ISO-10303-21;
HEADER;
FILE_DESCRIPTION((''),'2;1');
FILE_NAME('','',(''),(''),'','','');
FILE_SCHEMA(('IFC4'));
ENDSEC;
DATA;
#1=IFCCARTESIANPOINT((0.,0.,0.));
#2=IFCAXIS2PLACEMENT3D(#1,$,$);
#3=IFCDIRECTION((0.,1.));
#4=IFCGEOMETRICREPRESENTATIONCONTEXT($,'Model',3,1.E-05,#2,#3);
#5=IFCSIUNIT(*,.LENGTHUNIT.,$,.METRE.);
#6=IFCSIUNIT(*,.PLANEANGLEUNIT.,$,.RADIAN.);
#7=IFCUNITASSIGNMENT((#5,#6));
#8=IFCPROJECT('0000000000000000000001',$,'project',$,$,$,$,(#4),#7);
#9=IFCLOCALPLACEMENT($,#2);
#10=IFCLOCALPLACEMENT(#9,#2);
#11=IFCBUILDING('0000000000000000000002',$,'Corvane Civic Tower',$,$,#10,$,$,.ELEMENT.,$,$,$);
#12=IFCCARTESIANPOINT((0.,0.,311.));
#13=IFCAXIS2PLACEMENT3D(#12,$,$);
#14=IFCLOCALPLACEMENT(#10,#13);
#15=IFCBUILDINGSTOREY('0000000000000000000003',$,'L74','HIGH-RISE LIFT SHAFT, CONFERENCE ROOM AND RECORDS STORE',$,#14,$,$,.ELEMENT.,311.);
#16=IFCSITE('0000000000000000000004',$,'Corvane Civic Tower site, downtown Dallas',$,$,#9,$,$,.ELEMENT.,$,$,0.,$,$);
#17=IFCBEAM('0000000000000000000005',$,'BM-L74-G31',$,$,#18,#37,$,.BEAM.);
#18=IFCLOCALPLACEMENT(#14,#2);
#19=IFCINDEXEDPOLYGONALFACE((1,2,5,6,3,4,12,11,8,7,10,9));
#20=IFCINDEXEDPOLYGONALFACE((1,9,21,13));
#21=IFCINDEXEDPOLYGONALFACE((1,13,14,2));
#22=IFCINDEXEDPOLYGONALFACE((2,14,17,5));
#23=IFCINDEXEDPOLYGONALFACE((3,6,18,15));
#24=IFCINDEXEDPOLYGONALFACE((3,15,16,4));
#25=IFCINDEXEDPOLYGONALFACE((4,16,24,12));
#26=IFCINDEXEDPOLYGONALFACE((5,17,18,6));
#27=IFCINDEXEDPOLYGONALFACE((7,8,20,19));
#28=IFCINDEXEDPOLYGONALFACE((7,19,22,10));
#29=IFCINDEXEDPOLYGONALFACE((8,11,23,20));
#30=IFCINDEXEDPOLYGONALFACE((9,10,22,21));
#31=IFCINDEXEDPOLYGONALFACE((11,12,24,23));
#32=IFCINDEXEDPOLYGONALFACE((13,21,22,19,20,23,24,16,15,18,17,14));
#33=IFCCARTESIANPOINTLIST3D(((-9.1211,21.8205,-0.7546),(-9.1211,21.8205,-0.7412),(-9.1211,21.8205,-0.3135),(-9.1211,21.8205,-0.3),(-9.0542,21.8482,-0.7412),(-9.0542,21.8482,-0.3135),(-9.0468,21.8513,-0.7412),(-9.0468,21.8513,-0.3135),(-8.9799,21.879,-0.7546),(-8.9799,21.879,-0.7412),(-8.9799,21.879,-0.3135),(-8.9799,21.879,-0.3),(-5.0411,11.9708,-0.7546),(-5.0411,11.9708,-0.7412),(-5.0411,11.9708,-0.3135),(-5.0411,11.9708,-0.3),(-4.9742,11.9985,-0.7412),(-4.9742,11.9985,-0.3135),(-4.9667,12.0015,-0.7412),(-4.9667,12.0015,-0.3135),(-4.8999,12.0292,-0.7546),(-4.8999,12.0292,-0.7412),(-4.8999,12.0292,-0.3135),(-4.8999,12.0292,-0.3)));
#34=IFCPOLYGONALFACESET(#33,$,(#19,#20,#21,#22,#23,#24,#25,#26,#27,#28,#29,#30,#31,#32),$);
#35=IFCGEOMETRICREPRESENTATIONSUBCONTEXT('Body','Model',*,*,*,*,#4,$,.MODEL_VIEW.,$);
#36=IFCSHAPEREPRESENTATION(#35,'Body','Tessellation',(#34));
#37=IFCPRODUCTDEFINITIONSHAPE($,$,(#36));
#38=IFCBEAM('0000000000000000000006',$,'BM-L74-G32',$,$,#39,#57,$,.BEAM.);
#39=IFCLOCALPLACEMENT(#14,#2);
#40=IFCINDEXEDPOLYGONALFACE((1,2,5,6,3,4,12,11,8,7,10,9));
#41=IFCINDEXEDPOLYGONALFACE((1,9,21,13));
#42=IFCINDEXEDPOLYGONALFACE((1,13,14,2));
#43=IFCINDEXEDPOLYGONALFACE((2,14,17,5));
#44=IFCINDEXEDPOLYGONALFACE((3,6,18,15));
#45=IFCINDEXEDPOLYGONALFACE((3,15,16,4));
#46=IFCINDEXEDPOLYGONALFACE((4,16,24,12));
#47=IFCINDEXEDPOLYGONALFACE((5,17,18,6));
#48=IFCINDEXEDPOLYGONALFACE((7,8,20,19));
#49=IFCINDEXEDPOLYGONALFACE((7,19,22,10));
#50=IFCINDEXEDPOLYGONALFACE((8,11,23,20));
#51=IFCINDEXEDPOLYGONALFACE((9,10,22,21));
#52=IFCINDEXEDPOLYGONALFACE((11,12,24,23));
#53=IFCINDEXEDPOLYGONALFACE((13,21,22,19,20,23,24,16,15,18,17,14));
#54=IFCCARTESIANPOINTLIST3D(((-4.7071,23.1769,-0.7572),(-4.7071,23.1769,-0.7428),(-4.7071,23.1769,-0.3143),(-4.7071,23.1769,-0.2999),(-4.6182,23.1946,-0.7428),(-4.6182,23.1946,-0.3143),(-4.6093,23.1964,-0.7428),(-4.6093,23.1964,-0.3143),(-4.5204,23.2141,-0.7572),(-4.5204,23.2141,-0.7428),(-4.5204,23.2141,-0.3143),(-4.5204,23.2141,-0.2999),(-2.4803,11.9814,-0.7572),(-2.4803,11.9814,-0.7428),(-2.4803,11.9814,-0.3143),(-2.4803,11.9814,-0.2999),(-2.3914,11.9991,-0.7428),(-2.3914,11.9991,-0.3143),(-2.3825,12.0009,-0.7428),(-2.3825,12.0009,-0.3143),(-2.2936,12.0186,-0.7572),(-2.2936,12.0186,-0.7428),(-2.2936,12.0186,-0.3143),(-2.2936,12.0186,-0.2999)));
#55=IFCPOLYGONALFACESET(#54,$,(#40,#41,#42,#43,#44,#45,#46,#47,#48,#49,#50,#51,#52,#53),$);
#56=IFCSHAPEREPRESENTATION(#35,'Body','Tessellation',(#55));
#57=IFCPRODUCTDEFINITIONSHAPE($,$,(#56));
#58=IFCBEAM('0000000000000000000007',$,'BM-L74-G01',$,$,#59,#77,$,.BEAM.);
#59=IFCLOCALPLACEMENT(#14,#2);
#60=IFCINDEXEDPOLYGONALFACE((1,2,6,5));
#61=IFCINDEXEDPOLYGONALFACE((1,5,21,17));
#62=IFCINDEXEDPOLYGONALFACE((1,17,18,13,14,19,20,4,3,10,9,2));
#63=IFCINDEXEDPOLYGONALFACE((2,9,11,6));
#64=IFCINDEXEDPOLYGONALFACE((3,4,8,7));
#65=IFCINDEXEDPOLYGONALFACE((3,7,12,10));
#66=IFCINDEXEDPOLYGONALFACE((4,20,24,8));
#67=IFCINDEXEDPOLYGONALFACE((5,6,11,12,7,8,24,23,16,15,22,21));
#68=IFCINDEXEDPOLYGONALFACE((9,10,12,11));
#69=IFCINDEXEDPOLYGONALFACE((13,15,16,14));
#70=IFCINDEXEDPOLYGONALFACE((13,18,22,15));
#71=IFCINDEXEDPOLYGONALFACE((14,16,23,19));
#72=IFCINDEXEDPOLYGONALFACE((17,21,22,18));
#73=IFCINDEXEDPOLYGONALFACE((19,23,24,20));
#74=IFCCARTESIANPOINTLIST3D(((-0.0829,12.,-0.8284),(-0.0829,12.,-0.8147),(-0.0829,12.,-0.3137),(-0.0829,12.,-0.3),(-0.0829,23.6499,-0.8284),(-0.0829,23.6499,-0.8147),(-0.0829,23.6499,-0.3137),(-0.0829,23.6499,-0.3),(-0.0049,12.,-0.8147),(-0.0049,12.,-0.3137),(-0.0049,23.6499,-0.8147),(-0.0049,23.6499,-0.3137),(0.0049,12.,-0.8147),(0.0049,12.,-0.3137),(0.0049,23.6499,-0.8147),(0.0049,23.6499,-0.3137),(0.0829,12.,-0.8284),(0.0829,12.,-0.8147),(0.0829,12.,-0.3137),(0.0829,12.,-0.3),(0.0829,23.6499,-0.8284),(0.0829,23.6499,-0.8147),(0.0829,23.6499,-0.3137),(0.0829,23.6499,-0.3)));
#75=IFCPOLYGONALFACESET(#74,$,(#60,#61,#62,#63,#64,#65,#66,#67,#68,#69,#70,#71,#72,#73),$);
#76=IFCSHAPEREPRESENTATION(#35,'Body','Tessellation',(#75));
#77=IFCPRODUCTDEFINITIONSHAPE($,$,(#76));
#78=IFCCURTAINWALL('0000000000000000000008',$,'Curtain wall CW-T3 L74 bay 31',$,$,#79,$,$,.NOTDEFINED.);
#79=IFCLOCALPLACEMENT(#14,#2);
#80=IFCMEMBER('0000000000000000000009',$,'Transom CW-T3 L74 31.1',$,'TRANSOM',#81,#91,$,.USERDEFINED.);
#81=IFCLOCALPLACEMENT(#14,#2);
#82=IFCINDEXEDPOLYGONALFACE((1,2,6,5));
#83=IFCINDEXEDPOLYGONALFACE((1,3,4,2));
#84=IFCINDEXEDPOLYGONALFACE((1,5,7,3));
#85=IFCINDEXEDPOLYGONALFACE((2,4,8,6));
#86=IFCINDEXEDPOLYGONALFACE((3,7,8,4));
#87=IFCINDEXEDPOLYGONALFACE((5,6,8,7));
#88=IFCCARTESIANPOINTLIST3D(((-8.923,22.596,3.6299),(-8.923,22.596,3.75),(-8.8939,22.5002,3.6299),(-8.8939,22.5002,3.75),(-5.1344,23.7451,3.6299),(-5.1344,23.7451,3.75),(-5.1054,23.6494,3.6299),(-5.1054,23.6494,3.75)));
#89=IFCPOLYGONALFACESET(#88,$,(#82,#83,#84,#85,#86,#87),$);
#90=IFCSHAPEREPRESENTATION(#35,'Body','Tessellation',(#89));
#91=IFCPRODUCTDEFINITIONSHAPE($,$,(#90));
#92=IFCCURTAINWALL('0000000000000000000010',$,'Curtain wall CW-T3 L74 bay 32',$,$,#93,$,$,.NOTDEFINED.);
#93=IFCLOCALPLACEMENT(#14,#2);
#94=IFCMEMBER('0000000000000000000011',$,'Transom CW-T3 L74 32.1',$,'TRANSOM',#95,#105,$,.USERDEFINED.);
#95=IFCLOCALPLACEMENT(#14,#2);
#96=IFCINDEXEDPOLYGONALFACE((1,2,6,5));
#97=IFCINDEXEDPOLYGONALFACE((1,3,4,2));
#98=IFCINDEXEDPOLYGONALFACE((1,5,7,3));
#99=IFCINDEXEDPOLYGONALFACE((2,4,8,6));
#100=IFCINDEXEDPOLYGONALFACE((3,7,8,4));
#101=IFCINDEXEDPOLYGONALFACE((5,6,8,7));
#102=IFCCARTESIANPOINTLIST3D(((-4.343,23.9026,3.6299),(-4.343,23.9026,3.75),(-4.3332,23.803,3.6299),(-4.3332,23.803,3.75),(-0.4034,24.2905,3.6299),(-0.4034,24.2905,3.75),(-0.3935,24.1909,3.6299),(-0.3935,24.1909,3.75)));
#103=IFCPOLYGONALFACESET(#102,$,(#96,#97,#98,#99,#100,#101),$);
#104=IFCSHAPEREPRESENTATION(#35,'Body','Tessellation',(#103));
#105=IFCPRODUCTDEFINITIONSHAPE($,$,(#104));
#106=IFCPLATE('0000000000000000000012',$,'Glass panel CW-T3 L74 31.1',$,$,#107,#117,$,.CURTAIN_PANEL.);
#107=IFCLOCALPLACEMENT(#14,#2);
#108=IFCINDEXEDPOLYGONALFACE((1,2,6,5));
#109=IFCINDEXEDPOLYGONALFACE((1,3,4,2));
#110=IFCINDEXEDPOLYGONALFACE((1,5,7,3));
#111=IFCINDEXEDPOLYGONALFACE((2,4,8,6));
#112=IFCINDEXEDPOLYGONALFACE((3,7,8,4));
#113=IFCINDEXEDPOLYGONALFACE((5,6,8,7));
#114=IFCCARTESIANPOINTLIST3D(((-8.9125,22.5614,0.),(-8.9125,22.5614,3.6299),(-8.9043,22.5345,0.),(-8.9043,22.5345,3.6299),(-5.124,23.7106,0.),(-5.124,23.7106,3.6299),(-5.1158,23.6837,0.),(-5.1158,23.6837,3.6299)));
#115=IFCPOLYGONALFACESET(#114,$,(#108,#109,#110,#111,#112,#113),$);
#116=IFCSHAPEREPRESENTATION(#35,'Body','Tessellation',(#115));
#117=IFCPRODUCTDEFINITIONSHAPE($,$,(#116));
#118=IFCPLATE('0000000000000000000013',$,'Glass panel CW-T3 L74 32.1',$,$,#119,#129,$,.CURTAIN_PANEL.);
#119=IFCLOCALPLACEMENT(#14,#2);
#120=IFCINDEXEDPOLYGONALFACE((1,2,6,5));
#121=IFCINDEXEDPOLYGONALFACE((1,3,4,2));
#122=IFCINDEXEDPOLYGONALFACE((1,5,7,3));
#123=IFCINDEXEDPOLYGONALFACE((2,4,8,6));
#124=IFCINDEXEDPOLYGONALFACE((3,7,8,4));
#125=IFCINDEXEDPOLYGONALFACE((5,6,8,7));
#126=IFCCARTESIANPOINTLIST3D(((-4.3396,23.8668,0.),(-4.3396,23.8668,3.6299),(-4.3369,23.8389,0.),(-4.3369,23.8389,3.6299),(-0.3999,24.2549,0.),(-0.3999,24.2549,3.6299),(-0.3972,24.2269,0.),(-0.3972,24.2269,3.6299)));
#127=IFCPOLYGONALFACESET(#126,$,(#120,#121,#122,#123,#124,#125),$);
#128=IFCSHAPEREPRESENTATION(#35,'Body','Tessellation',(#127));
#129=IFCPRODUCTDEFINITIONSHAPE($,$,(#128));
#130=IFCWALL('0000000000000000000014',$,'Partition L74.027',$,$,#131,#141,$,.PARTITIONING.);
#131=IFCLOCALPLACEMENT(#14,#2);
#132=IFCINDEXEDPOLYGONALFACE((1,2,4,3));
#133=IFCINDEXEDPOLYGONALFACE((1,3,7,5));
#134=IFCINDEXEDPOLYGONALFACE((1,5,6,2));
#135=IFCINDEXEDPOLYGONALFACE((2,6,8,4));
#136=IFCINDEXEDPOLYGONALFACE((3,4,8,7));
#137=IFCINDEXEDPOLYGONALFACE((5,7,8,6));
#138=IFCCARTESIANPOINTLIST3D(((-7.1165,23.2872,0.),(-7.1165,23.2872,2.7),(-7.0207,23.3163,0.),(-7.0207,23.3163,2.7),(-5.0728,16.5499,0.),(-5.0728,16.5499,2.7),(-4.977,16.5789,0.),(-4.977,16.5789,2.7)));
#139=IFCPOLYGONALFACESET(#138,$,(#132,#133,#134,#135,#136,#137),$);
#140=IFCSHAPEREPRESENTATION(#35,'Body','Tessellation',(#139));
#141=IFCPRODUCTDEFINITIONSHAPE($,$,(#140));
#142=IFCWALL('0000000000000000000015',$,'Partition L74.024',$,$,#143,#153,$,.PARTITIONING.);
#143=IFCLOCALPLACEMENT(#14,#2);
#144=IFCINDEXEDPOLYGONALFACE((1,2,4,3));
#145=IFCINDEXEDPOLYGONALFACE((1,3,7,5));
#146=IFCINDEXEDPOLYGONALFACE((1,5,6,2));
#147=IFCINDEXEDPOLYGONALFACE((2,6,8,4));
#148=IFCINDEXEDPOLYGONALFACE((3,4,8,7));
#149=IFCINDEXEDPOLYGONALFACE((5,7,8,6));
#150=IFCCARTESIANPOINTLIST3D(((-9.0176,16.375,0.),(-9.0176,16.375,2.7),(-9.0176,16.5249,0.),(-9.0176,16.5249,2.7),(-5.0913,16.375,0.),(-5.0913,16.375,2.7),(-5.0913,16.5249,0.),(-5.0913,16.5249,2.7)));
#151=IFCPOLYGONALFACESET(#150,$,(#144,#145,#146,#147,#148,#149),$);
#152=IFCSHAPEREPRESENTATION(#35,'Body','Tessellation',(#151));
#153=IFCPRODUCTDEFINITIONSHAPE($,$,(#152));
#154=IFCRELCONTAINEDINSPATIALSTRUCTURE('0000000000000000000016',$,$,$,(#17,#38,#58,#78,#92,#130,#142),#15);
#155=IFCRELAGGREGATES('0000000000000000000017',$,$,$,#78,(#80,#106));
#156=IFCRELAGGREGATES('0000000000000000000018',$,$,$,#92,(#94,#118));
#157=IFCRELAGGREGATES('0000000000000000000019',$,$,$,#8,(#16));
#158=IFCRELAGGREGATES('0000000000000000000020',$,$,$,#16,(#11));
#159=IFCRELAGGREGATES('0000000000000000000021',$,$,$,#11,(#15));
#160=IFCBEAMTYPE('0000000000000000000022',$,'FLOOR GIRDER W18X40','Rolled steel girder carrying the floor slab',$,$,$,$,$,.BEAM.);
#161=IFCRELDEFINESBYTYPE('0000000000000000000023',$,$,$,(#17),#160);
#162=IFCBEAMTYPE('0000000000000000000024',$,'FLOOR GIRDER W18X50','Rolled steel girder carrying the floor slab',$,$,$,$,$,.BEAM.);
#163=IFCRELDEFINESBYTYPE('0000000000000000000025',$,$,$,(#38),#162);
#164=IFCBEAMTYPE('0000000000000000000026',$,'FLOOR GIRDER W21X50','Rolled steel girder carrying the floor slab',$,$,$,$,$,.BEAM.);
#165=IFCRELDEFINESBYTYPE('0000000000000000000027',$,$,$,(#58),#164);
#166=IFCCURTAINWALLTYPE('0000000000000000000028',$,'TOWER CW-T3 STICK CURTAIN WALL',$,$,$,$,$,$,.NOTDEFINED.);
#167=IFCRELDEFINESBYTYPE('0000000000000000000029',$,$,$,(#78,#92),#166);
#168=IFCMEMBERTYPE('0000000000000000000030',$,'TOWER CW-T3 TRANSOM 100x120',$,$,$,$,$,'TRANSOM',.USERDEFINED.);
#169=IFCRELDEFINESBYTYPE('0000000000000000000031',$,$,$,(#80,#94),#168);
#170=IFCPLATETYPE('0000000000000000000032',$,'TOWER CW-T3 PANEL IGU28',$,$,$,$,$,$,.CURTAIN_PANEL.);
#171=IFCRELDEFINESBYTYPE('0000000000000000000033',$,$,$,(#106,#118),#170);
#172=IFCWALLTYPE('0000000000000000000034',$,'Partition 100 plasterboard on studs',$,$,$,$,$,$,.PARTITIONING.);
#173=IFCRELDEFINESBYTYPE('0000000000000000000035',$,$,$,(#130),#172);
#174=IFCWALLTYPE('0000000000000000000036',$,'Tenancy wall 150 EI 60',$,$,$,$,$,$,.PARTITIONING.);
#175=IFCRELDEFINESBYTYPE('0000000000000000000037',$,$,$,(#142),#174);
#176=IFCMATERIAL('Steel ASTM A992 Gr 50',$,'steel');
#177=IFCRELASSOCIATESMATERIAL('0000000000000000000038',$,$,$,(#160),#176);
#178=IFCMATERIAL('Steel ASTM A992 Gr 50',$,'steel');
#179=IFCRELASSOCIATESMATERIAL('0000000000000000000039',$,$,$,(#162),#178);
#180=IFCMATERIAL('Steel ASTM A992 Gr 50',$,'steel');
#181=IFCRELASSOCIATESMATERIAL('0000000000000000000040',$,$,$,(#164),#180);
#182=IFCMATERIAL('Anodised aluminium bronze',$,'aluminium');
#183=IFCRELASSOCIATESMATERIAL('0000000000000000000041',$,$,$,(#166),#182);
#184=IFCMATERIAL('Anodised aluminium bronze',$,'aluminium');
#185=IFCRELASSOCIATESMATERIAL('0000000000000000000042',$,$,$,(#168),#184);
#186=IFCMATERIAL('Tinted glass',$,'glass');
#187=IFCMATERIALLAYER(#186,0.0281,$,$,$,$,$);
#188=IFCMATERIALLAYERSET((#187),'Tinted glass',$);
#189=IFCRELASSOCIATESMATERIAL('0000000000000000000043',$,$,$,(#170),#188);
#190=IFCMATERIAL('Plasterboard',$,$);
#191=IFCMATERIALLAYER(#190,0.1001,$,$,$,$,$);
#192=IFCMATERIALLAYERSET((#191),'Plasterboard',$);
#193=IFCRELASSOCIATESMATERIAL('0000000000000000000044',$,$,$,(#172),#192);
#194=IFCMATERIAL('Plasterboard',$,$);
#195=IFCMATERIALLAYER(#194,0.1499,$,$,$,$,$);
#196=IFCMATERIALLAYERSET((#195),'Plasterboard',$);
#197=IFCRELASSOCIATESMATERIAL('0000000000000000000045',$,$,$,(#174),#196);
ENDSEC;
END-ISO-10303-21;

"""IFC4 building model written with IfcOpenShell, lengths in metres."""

from ifc_helpers import new_model, si_unit, direction, frame, frame_2d, origin, origin_2d, place, context, subcontext, project, spatial, rectangle, i_section, extrude, material, layer, layer_set, material_profile, profile_set, type_object, element, aggregate, save


model = new_model("IFC4")

# Units and contexts
model_context = context("Model", 3, precision=1e-05, world=origin(), true_north=direction((0.0, 1.0)))
body_context = subcontext(model_context, "Body", "Model", "MODEL_VIEW")
ifc_project = project(units=[si_unit("LENGTHUNIT", "METRE"), si_unit("PLANEANGLEUNIT", "RADIAN")], contexts=[model_context])

# Site, building, storey
site_placement = place(None, origin())
site = spatial("IfcSite", under=ifc_project, at=site_placement, Name="Corvane Civic Tower site, downtown Dallas", CompositionType="ELEMENT", RefElevation=0.0)
building_placement = place(site_placement, origin())
building = spatial("IfcBuilding", under=site, at=building_placement, Name="Corvane Civic Tower", CompositionType="ELEMENT")
storey_placement = place(building_placement, frame((0.0, 0.0, 311.0)))
storey = spatial("IfcBuildingStorey", under=building, at=storey_placement, Name="L74", Description="HIGH-RISE LIFT SHAFT, CONFERENCE ROOM AND RECORDS STORE", CompositionType="ELEMENT", Elevation=311.0)

# Beams
ifc_material_1 = material(Name="Steel ASTM A992 Gr 50", Category="steel")
ifc_material_profile_1 = material_profile(ifc_material_1, i_section(OverallWidth=0.1528, OverallDepth=0.4546, WebThickness=0.0081, FlangeThickness=0.0134, at=origin_2d()), Name="W18X40")
ifc_profile_set_1 = profile_set([ifc_material_profile_1], Name="Steel ASTM A992 Gr 50")
beam_type_1 = type_object("IfcBeamType", Name="FLOOR GIRDER W18X40", Description="Rolled steel girder carrying the floor slab", PredefinedType="BEAM", material=ifc_profile_set_1)
beam_1_placement = place(storey_placement, frame((-4.9705, 12.0, -0.5273), z_axis=(-0.382694, 0.923875, 0.0), x_axis=(-0.923875, -0.382694, 0.0)))
element("IfcBeam", 1, at=beam_1_placement, inside=storey, type_object=beam_type_1, Name="BM-L74-G31", PredefinedType="BEAM", context=body_context, shape_type="SweptSolid", body=[
    extrude(i_section(OverallWidth=0.1528, OverallDepth=0.4546, WebThickness=0.0081, FlangeThickness=0.0134, at=origin_2d()), origin(), (0.0, 0.0, 1.0), 10.6614),
])
ifc_material_2 = material(Name="Steel ASTM A992 Gr 50", Category="steel")
ifc_material_profile_2 = material_profile(ifc_material_2, i_section(OverallWidth=0.1904, OverallDepth=0.4573, WebThickness=0.009, FlangeThickness=0.0144, at=origin_2d()), Name="W18X50")
ifc_profile_set_2 = profile_set([ifc_material_profile_2], Name="Steel ASTM A992 Gr 50")
beam_type_2 = type_object("IfcBeamType", Name="FLOOR GIRDER W18X50", Description="Rolled steel girder carrying the floor slab", PredefinedType="BEAM", material=ifc_profile_set_2)
beam_2_placement = place(storey_placement, frame((-2.387, 12.0, -0.5286), z_axis=(-0.19508, 0.980787, 0.0), x_axis=(-0.980787, -0.19508, 0.0)))
element("IfcBeam", 2, at=beam_2_placement, inside=storey, type_object=beam_type_2, Name="BM-L74-G32", PredefinedType="BEAM", context=body_context, shape_type="SweptSolid", body=[
    extrude(i_section(OverallWidth=0.1904, OverallDepth=0.4573, WebThickness=0.009, FlangeThickness=0.0144, at=origin_2d()), origin(), (0.0, 0.0, 1.0), 11.4148),
])
ifc_material_3 = material(Name="Steel ASTM A992 Gr 50", Category="steel")
ifc_material_profile_3 = material_profile(ifc_material_3, i_section(OverallWidth=0.1658, OverallDepth=0.5283, WebThickness=0.0098, FlangeThickness=0.0137, at=origin_2d()), Name="W21X50")
ifc_profile_set_3 = profile_set([ifc_material_profile_3], Name="Steel ASTM A992 Gr 50")
beam_type_3 = type_object("IfcBeamType", Name="FLOOR GIRDER W21X50", Description="Rolled steel girder carrying the floor slab", PredefinedType="BEAM", material=ifc_profile_set_3)
beam_3_placement = place(storey_placement, frame((0.0, 12.0, -0.5642), z_axis=(0.0, 1.0, 0.0), x_axis=(-1.0, 0.0, 0.0)))
element("IfcBeam", 3, at=beam_3_placement, inside=storey, type_object=beam_type_3, Name="BM-L74-G01", PredefinedType="BEAM", context=body_context, shape_type="SweptSolid", body=[
    extrude(i_section(OverallWidth=0.1658, OverallDepth=0.5283, WebThickness=0.0098, FlangeThickness=0.0137, at=origin_2d()), origin(), (0.0, 0.0, 1.0), 11.6499),
])

# Curtain walls, members
ifc_material_4 = material(Name="Anodised aluminium bronze", Category="aluminium")
curtain_wall_type = type_object("IfcCurtainWallType", Name="TOWER CW-T3 STICK CURTAIN WALL", PredefinedType="NOTDEFINED", material=ifc_material_4)
curtain_wall_1_placement = place(storey_placement, origin())
curtain_wall_1 = element("IfcCurtainWall", 4, at=curtain_wall_1_placement, inside=storey, type_object=curtain_wall_type, Name="Curtain wall CW-T3 L74 bay 31", PredefinedType="NOTDEFINED")
ifc_material_5 = material(Name="Anodised aluminium bronze", Category="aluminium")
ifc_material_profile_4 = material_profile(ifc_material_5, rectangle(XDim=0.1001, YDim=0.1201, at=origin_2d()), Name="TOWER CW-T3 TRANSOM 100x120")
ifc_profile_set_4 = profile_set([ifc_material_profile_4], Name="Anodised aluminium bronze")
member_type = type_object("IfcMemberType", Name="TOWER CW-T3 TRANSOM 100x120", ElementType="TRANSOM", PredefinedType="USERDEFINED", material=ifc_profile_set_4)
member_1_placement = place(storey_placement, frame((-8.9084, 22.5481, 3.6899), z_axis=(0.956946, 0.290266, 0.0), x_axis=(-0.290266, 0.956946, 0.0)))
member_1 = element("IfcMember", 5, at=member_1_placement, type_object=member_type, Name="Transom CW-T3 L74 31.1", ObjectType="TRANSOM", PredefinedType="USERDEFINED", context=body_context, shape_type="SweptSolid", body=[
    extrude(rectangle(XDim=0.1001, YDim=0.1201, at=origin_2d()), origin(), (0.0, 0.0, 1.0), 3.959),
])
curtain_wall_2_placement = place(storey_placement, origin())
curtain_wall_2 = element("IfcCurtainWall", 6, at=curtain_wall_2_placement, inside=storey, type_object=curtain_wall_type, Name="Curtain wall CW-T3 L74 bay 32", PredefinedType="NOTDEFINED")
member_2_placement = place(storey_placement, frame((-4.3381, 23.8528, 3.6899), z_axis=(0.995187, 0.097995, 0.0), x_axis=(-0.097995, 0.995187, 0.0)))
member_2 = element("IfcMember", 7, at=member_2_placement, type_object=member_type, Name="Transom CW-T3 L74 32.1", ObjectType="TRANSOM", PredefinedType="USERDEFINED", context=body_context, shape_type="SweptSolid", body=[
    extrude(rectangle(XDim=0.1001, YDim=0.1201, at=origin_2d()), origin(), (0.0, 0.0, 1.0), 3.9587),
])

# Plates
ifc_material_6 = material(Name="Tinted glass", Category="glass")
ifc_layer_1 = layer(ifc_material_6, 0.0281)
ifc_layer_set_1 = layer_set([ifc_layer_1], Name="Tinted glass")
plate_type = type_object("IfcPlateType", Name="TOWER CW-T3 PANEL IGU28", PredefinedType="CURTAIN_PANEL", material=ifc_layer_set_1)
plate_1_placement = place(storey_placement, frame((-7.0142, 23.1226, 0.0), z_axis=(0.0, 0.0, 1.0), x_axis=(0.956944, 0.290274, 0.0)))
plate_1 = element("IfcPlate", 8, at=plate_1_placement, type_object=plate_type, Name="Glass panel CW-T3 L74 31.1", PredefinedType="CURTAIN_PANEL", context=body_context, shape_type="SweptSolid", body=[
    extrude(rectangle(XDim=3.959, YDim=0.0281, at=origin_2d()), origin(), (0.0, 0.0, 1.0), 3.6299),
])
aggregate(curtain_wall_1, [member_1, plate_1])
plate_2_placement = place(storey_placement, frame((-2.3684, 24.0469, 0.0), z_axis=(0.0, 0.0, 1.0), x_axis=(0.995184, 0.098021, 0.0)))
plate_2 = element("IfcPlate", 9, at=plate_2_placement, type_object=plate_type, Name="Glass panel CW-T3 L74 32.1", PredefinedType="CURTAIN_PANEL", context=body_context, shape_type="SweptSolid", body=[
    extrude(rectangle(XDim=3.9587, YDim=0.0281, at=origin_2d()), origin(), (0.0, 0.0, 1.0), 3.6299),
])
aggregate(curtain_wall_2, [member_2, plate_2])

# Walls
ifc_material_7 = material(Name="Plasterboard")
ifc_layer_2 = layer(ifc_material_7, 0.1001)
ifc_layer_set_2 = layer_set([ifc_layer_2], Name="Plasterboard")
wall_type_1 = type_object("IfcWallType", Name="Partition 100 plasterboard on studs", PredefinedType="PARTITIONING", material=ifc_layer_set_2)
wall_1_placement = place(storey_placement, frame((-7.0686, 23.3018, 0.0), z_axis=(0.0, 0.0, 1.0), x_axis=(0.29028, -0.956942, 0.0)))
element("IfcWall", 10, at=wall_1_placement, inside=storey, type_object=wall_type_1, Name="Partition L74.027", PredefinedType="PARTITIONING", context=body_context, shape_type="SweptSolid", body=[
    extrude(rectangle(XDim=7.0405, YDim=0.1001, at=frame_2d((3.5203, 0.0))), origin(), (0.0, 0.0, 1.0), 2.7),
])
ifc_material_8 = material(Name="Plasterboard")
ifc_layer_3 = layer(ifc_material_8, 0.1499)
ifc_layer_set_3 = layer_set([ifc_layer_3], Name="Plasterboard")
wall_type_2 = type_object("IfcWallType", Name="Tenancy wall 150 EI 60", PredefinedType="PARTITIONING", material=ifc_layer_set_3)
wall_2_placement = place(storey_placement, frame((-9.0176, 16.45, 0.0), z_axis=(0.0, 0.0, 1.0), x_axis=(1.0, 0.0, 0.0)))
element("IfcWall", 11, at=wall_2_placement, inside=storey, type_object=wall_type_2, Name="Partition L74.024", PredefinedType="PARTITIONING", context=body_context, shape_type="SweptSolid", body=[
    extrude(rectangle(XDim=3.9263, YDim=0.1499, at=frame_2d((1.9631, 0.0))), origin(), (0.0, 0.0, 1.0), 2.7),
])

save(model, "model.ifc")
